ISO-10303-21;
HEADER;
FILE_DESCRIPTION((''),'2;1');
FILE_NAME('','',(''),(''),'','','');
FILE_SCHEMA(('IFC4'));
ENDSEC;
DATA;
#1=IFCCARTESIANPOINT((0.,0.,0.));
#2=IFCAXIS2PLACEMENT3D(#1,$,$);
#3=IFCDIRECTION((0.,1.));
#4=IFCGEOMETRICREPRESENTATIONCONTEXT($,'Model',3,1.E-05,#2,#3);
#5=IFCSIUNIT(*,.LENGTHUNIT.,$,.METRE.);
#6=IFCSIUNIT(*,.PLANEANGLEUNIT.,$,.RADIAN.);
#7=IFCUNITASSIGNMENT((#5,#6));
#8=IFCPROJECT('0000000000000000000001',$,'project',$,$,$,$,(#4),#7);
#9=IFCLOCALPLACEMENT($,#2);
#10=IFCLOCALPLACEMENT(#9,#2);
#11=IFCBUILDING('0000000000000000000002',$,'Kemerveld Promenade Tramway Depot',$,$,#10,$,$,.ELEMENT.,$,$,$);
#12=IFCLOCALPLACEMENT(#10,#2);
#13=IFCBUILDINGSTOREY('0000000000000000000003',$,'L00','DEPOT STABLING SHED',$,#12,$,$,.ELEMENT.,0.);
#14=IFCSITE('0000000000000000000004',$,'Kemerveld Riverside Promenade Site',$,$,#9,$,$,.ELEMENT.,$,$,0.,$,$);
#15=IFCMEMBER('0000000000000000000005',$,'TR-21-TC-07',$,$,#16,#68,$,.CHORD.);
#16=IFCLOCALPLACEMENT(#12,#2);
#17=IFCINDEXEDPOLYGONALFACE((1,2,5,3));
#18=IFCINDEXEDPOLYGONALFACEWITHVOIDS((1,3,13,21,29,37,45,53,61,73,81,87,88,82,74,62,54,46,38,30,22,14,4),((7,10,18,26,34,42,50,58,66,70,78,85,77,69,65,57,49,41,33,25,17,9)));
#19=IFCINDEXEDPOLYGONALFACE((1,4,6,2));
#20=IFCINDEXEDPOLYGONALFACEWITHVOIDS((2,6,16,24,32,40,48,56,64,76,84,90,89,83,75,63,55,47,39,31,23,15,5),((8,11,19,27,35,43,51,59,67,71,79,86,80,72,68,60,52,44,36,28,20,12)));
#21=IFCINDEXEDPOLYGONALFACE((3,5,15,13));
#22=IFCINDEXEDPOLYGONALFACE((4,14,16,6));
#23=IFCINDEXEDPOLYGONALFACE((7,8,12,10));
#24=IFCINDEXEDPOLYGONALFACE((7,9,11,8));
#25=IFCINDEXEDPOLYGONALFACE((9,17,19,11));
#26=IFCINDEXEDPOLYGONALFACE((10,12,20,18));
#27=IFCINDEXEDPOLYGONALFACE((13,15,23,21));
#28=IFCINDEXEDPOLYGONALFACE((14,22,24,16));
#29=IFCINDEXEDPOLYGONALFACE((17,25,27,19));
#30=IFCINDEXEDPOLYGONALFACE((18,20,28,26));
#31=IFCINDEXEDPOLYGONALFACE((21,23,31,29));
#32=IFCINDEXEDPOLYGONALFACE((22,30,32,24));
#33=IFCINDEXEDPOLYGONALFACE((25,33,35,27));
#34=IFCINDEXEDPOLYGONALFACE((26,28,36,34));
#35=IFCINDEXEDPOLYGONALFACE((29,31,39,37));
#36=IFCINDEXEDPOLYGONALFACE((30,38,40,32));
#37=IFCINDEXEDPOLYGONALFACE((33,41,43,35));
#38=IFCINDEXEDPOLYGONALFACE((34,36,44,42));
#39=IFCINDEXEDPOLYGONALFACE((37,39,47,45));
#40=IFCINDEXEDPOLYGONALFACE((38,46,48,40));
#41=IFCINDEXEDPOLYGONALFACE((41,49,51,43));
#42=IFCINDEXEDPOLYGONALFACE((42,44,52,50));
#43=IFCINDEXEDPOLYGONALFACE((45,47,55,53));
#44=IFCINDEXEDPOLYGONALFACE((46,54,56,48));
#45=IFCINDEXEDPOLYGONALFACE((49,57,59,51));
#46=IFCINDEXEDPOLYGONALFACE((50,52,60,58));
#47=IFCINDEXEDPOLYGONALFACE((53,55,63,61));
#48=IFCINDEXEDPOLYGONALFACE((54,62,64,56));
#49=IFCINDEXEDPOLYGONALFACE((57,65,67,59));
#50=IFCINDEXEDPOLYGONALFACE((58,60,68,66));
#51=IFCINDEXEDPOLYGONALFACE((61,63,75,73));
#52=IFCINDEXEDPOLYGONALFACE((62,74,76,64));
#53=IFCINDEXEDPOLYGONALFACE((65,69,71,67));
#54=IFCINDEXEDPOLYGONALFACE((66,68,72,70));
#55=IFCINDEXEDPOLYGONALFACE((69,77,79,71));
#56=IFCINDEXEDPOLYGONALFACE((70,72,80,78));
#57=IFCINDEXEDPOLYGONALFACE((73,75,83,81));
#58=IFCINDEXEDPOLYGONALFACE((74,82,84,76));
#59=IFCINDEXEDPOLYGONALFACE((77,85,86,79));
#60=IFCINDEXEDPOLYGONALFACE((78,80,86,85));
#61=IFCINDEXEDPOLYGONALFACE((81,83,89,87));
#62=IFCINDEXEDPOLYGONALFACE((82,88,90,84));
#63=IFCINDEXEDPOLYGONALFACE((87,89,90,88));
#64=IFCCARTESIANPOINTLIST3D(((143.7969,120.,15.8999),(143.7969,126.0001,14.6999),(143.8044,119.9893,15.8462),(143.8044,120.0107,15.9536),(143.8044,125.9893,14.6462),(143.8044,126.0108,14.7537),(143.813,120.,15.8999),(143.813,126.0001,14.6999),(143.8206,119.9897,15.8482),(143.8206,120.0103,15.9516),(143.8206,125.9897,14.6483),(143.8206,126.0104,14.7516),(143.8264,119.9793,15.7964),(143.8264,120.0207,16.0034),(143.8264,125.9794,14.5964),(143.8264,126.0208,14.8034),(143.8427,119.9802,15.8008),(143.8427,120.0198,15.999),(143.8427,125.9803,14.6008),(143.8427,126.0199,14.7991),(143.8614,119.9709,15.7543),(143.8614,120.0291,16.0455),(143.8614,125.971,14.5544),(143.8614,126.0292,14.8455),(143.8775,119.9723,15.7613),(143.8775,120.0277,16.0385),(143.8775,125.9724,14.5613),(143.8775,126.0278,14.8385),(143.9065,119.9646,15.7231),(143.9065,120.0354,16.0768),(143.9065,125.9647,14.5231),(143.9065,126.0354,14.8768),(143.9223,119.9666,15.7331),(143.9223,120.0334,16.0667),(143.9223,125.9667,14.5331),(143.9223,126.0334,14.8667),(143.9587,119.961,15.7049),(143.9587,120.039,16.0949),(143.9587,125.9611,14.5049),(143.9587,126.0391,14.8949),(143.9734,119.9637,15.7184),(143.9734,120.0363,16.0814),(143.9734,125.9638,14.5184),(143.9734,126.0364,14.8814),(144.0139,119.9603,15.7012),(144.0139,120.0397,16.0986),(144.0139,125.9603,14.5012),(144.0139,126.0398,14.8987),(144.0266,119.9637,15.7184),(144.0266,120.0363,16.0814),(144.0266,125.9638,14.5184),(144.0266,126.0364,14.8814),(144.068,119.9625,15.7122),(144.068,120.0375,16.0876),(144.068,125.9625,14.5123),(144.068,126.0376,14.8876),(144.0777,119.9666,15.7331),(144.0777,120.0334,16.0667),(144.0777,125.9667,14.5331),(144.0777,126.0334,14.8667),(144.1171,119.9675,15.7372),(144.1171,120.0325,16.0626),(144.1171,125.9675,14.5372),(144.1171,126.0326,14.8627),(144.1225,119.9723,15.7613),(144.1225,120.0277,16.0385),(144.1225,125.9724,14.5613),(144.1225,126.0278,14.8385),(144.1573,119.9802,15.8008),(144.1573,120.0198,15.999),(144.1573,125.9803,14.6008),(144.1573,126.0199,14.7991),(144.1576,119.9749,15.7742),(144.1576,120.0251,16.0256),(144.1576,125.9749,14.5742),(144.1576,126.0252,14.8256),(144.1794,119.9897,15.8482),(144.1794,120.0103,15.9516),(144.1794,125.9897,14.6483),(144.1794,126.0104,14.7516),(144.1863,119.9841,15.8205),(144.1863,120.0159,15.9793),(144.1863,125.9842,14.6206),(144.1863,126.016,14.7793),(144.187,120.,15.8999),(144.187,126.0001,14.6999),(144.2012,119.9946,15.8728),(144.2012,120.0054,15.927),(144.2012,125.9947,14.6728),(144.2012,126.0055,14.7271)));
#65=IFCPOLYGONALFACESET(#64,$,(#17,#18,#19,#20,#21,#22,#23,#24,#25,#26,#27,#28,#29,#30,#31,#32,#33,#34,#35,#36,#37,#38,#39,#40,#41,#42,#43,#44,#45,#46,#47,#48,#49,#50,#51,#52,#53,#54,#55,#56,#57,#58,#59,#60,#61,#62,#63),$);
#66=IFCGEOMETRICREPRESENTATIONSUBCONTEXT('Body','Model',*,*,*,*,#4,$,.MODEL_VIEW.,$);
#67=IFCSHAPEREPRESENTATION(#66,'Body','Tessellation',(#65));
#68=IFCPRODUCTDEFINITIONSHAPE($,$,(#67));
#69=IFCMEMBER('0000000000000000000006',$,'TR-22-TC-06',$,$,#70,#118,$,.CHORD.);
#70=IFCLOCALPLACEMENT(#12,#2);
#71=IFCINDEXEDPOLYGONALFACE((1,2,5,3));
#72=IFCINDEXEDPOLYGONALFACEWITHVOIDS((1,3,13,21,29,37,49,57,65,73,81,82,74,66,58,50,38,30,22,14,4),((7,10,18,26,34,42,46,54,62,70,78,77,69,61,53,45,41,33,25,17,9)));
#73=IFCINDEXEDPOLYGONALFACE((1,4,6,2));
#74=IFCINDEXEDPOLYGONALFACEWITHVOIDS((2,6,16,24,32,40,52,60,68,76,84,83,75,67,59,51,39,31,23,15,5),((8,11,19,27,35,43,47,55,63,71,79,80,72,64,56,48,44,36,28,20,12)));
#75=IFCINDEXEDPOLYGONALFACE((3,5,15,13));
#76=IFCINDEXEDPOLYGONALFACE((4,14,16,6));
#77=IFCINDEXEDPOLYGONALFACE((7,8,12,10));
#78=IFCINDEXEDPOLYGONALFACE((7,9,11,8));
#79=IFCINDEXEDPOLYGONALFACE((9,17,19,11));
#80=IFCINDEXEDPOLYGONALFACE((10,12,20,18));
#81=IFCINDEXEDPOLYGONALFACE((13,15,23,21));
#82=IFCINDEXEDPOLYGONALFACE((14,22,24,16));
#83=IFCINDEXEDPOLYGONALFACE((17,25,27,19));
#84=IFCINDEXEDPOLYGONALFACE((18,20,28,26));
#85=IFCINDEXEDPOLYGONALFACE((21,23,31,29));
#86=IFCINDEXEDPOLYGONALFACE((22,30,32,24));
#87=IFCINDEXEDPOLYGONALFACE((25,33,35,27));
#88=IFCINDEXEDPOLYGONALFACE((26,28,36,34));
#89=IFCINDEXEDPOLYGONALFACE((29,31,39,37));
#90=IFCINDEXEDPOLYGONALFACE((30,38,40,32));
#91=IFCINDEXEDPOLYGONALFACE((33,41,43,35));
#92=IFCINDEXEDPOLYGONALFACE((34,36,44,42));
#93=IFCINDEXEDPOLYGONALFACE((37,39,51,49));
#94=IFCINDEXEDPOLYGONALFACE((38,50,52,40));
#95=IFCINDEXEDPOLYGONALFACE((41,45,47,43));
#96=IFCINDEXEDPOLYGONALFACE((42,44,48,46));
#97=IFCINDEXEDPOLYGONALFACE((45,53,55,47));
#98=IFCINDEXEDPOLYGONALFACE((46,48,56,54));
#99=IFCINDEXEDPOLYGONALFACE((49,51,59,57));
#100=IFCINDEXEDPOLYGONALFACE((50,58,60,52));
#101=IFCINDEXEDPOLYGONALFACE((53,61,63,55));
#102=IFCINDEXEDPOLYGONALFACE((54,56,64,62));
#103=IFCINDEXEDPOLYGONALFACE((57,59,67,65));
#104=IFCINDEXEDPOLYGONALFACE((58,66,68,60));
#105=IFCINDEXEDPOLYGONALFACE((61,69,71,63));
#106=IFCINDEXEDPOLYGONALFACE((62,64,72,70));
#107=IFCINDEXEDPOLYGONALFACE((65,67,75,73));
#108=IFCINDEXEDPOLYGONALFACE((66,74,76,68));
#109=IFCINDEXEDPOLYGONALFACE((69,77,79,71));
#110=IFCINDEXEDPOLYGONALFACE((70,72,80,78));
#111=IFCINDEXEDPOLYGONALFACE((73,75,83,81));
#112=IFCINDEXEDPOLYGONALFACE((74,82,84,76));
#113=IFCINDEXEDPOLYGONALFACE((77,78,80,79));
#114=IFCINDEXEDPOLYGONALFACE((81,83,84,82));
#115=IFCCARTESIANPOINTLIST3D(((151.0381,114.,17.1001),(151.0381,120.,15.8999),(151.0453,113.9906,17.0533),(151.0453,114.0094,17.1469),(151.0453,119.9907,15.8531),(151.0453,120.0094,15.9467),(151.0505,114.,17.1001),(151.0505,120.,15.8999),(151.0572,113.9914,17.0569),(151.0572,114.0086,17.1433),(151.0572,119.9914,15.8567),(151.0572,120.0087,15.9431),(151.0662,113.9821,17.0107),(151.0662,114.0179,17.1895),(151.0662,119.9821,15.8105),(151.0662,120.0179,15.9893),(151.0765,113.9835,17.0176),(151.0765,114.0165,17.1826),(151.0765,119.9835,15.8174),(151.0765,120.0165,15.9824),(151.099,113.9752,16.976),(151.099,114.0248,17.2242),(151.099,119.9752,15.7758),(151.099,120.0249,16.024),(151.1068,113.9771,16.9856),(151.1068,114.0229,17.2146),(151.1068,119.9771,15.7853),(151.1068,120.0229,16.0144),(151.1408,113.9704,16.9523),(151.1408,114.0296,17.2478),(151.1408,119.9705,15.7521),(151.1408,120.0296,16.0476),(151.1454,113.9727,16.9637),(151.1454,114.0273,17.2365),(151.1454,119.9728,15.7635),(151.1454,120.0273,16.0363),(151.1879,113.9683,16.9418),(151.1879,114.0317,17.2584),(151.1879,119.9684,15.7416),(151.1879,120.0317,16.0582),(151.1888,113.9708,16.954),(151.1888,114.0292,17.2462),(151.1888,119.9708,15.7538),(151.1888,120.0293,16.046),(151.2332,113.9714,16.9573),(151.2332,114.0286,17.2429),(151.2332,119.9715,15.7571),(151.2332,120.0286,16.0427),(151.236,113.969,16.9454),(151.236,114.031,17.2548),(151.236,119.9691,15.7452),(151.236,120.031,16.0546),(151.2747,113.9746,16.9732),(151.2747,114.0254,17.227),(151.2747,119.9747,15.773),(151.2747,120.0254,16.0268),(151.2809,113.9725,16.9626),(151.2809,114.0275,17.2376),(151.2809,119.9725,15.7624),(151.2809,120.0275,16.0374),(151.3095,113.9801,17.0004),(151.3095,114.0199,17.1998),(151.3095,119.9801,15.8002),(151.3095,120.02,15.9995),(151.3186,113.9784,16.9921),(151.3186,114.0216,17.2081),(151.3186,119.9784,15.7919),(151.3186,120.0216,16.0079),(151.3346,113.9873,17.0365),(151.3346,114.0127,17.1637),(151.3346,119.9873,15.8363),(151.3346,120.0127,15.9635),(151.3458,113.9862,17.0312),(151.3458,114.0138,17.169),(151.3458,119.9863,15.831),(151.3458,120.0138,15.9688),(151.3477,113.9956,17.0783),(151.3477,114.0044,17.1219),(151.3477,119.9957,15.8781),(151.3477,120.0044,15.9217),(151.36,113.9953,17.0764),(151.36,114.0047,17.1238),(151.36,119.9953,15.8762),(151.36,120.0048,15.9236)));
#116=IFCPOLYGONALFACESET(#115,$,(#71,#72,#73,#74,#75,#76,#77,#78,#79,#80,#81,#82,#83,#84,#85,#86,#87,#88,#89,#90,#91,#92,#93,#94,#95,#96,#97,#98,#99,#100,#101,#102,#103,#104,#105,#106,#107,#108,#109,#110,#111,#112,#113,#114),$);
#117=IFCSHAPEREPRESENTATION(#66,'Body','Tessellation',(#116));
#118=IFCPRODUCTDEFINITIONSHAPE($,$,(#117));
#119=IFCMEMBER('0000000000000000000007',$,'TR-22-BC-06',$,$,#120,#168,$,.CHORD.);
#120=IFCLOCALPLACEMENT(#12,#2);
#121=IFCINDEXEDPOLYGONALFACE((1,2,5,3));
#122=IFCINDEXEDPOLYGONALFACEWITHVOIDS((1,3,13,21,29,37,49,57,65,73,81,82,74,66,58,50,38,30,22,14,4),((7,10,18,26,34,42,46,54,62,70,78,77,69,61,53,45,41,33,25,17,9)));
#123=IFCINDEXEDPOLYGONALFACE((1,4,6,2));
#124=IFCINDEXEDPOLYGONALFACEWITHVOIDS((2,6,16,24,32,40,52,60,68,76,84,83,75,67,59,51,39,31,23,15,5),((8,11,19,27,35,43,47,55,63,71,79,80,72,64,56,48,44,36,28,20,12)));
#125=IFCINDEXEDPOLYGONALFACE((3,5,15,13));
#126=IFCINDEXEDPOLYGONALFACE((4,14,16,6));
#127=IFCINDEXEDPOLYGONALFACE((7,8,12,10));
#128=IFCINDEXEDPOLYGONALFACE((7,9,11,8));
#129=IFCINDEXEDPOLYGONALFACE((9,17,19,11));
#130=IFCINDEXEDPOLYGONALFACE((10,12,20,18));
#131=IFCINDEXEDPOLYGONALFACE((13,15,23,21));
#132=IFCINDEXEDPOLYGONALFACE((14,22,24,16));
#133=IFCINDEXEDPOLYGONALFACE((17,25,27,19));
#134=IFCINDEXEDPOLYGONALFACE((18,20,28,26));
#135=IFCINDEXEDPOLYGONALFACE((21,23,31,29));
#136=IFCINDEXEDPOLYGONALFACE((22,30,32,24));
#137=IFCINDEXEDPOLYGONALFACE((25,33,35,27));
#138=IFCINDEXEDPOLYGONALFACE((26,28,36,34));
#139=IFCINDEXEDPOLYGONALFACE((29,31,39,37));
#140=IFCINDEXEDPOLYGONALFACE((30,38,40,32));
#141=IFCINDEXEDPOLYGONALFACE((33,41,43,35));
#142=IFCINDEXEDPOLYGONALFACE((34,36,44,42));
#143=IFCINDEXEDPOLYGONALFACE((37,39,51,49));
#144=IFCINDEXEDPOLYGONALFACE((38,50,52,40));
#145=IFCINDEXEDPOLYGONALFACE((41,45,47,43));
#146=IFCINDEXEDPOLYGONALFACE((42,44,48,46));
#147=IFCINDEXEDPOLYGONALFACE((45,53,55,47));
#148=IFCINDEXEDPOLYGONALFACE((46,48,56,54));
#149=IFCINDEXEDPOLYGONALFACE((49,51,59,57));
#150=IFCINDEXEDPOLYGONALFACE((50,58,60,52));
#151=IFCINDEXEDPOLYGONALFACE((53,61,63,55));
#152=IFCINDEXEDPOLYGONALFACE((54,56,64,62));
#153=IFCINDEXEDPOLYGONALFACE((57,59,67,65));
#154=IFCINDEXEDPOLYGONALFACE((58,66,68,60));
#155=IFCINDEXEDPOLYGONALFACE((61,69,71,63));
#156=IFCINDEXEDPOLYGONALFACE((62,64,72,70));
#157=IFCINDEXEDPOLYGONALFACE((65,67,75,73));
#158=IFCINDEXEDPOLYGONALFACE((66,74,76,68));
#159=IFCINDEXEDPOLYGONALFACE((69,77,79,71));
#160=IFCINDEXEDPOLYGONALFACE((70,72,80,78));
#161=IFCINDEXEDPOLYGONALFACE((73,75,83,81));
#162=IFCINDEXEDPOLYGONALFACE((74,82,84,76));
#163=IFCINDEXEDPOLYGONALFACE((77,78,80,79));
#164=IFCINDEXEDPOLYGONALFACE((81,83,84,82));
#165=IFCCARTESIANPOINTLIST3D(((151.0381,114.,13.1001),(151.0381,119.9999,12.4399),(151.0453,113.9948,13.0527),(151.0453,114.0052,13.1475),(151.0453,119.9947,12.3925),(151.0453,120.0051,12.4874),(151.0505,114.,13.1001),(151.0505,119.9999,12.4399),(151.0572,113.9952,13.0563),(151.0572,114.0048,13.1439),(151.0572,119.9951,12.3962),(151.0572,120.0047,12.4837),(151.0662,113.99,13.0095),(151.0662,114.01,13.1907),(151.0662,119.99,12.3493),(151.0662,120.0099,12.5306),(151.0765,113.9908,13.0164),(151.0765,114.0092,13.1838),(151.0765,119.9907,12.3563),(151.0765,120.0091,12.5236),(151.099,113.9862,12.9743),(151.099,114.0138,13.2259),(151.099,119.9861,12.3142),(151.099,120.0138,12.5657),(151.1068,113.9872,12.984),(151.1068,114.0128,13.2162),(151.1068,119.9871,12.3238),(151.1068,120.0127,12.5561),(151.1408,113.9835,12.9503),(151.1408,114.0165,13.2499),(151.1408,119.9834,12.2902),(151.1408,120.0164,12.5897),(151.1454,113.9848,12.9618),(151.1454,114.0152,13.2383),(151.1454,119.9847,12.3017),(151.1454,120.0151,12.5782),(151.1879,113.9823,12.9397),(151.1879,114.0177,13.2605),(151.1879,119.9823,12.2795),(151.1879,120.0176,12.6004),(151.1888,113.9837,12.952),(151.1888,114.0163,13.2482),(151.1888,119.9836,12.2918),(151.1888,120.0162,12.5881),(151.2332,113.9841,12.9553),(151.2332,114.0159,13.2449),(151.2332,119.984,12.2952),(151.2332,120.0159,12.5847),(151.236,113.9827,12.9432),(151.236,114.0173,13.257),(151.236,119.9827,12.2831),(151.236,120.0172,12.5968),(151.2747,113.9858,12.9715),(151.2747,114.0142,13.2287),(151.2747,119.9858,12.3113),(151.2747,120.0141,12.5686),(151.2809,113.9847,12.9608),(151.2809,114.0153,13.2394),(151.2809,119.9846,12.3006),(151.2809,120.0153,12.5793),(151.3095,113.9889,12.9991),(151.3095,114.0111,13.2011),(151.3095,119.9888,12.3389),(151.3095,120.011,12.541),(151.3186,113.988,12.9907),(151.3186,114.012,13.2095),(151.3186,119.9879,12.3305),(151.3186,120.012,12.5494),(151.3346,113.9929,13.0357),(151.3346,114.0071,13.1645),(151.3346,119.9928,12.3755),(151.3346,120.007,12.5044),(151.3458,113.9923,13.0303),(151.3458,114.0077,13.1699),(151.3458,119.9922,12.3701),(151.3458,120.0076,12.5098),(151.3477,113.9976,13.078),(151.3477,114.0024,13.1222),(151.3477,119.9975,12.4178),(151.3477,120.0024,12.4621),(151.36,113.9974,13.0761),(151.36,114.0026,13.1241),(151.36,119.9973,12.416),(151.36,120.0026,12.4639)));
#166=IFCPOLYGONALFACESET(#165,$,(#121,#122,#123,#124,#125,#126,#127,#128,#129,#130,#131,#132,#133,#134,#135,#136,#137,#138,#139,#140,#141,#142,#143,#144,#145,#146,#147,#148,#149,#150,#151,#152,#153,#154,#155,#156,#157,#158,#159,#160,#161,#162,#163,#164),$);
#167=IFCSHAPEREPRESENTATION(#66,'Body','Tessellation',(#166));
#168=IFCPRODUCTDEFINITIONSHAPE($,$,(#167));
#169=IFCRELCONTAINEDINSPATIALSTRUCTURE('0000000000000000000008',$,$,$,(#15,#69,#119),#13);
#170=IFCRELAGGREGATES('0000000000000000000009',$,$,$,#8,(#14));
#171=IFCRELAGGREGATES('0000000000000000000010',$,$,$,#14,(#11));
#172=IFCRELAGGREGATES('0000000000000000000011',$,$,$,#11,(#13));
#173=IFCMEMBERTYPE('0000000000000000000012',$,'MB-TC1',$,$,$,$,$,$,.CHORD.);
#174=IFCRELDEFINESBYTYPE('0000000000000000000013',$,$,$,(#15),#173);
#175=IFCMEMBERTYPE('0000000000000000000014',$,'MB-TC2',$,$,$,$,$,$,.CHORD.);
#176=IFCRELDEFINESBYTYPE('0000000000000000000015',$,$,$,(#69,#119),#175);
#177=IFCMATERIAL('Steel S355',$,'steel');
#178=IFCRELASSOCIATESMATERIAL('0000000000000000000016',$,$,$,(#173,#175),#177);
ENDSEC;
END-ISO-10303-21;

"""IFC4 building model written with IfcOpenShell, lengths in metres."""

from ifc_helpers import new_model, si_unit, direction, frame, origin, origin_2d, place, context, subcontext, project, spatial, hollow_circle, extrude, material, material_profile, profile_set, type_object, element, save


model = new_model("IFC4")

# Units and contexts
model_context = context("Model", 3, precision=1e-05, world=origin(), true_north=direction((0.0, 1.0)))
body_context = subcontext(model_context, "Body", "Model", "MODEL_VIEW")
ifc_project = project(units=[si_unit("LENGTHUNIT", "METRE"), si_unit("PLANEANGLEUNIT", "RADIAN")], contexts=[model_context])

# Site, building, storey
site_placement = place(None, origin())
site = spatial("IfcSite", under=ifc_project, at=site_placement, Name="Kemerveld Riverside Promenade Site", CompositionType="ELEMENT", RefElevation=0.0)
building_placement = place(site_placement, origin())
building = spatial("IfcBuilding", under=site, at=building_placement, Name="Kemerveld Promenade Tramway Depot", CompositionType="ELEMENT")
storey_placement = place(building_placement, origin())
storey = spatial("IfcBuildingStorey", under=building, at=storey_placement, Name="L00", Description="DEPOT STABLING SHED", CompositionType="ELEMENT", Elevation=0.0)

# Members
ifc_material_1 = material(Name="Steel S355", Category="steel")
ifc_material_profile_1 = material_profile(ifc_material_1, hollow_circle(Radius=0.2031, WallThickness=0.0161, at=origin_2d()), Name="406.4x16.0 CHS")
ifc_profile_set_1 = profile_set([ifc_material_profile_1], Name="Steel S355")
member_type_1 = type_object("IfcMemberType", Name="MB-TC1", PredefinedType="CHORD", material=ifc_profile_set_1)
for number, where, z_axis, x_axis, name in (
    (1, (144.0, 120.0, 15.8999), (0.0, 0.980582, -0.196108), (-1.0, 0.0, 0.0), "TR-21-TC-07"),
):
    element("IfcMember", number, at=place(storey_placement, frame(where, z_axis=z_axis, x_axis=x_axis)), inside=storey, type_object=member_type_1, Name=name, PredefinedType="CHORD", context=body_context, shape_type="SweptSolid", body=[
        extrude(hollow_circle(Radius=0.2031, WallThickness=0.0161, at=origin_2d()), origin(), (0.0, 0.0, 1.0), 6.1189),
    ])
ifc_material_profile_2 = material_profile(ifc_material_1, hollow_circle(Radius=0.1619, WallThickness=0.0125, at=origin_2d()), Name="323.9x12.5 CHS")
ifc_profile_set_2 = profile_set([ifc_material_profile_2], Name="Steel S355")
member_type_2 = type_object("IfcMemberType", Name="MB-TC2", PredefinedType="CHORD", material=ifc_profile_set_2)
member_1_placement = place(storey_placement, frame((151.2, 114.0, 17.1001), z_axis=(0.0, 0.980575, -0.196147), x_axis=(-1.0, 0.0, 0.0)))
element("IfcMember", 2, at=member_1_placement, inside=storey, type_object=member_type_2, Name="TR-22-TC-06", PredefinedType="CHORD", context=body_context, shape_type="SweptSolid", body=[
    extrude(hollow_circle(Radius=0.1619, WallThickness=0.0125, at=origin_2d()), origin(), (0.0, 0.0, 1.0), 6.1189),
])
member_2_placement = place(storey_placement, frame((151.2, 114.0, 13.1001), z_axis=(0.0, 0.994002, -0.109366), x_axis=(-1.0, 0.0, 0.0)))
element("IfcMember", 3, at=member_2_placement, inside=storey, type_object=member_type_2, Name="TR-22-BC-06", PredefinedType="CHORD", context=body_context, shape_type="SweptSolid", body=[
    extrude(hollow_circle(Radius=0.1619, WallThickness=0.0125, at=origin_2d()), origin(), (0.0, 0.0, 1.0), 6.0361),
])

save(model, "model.ifc")
